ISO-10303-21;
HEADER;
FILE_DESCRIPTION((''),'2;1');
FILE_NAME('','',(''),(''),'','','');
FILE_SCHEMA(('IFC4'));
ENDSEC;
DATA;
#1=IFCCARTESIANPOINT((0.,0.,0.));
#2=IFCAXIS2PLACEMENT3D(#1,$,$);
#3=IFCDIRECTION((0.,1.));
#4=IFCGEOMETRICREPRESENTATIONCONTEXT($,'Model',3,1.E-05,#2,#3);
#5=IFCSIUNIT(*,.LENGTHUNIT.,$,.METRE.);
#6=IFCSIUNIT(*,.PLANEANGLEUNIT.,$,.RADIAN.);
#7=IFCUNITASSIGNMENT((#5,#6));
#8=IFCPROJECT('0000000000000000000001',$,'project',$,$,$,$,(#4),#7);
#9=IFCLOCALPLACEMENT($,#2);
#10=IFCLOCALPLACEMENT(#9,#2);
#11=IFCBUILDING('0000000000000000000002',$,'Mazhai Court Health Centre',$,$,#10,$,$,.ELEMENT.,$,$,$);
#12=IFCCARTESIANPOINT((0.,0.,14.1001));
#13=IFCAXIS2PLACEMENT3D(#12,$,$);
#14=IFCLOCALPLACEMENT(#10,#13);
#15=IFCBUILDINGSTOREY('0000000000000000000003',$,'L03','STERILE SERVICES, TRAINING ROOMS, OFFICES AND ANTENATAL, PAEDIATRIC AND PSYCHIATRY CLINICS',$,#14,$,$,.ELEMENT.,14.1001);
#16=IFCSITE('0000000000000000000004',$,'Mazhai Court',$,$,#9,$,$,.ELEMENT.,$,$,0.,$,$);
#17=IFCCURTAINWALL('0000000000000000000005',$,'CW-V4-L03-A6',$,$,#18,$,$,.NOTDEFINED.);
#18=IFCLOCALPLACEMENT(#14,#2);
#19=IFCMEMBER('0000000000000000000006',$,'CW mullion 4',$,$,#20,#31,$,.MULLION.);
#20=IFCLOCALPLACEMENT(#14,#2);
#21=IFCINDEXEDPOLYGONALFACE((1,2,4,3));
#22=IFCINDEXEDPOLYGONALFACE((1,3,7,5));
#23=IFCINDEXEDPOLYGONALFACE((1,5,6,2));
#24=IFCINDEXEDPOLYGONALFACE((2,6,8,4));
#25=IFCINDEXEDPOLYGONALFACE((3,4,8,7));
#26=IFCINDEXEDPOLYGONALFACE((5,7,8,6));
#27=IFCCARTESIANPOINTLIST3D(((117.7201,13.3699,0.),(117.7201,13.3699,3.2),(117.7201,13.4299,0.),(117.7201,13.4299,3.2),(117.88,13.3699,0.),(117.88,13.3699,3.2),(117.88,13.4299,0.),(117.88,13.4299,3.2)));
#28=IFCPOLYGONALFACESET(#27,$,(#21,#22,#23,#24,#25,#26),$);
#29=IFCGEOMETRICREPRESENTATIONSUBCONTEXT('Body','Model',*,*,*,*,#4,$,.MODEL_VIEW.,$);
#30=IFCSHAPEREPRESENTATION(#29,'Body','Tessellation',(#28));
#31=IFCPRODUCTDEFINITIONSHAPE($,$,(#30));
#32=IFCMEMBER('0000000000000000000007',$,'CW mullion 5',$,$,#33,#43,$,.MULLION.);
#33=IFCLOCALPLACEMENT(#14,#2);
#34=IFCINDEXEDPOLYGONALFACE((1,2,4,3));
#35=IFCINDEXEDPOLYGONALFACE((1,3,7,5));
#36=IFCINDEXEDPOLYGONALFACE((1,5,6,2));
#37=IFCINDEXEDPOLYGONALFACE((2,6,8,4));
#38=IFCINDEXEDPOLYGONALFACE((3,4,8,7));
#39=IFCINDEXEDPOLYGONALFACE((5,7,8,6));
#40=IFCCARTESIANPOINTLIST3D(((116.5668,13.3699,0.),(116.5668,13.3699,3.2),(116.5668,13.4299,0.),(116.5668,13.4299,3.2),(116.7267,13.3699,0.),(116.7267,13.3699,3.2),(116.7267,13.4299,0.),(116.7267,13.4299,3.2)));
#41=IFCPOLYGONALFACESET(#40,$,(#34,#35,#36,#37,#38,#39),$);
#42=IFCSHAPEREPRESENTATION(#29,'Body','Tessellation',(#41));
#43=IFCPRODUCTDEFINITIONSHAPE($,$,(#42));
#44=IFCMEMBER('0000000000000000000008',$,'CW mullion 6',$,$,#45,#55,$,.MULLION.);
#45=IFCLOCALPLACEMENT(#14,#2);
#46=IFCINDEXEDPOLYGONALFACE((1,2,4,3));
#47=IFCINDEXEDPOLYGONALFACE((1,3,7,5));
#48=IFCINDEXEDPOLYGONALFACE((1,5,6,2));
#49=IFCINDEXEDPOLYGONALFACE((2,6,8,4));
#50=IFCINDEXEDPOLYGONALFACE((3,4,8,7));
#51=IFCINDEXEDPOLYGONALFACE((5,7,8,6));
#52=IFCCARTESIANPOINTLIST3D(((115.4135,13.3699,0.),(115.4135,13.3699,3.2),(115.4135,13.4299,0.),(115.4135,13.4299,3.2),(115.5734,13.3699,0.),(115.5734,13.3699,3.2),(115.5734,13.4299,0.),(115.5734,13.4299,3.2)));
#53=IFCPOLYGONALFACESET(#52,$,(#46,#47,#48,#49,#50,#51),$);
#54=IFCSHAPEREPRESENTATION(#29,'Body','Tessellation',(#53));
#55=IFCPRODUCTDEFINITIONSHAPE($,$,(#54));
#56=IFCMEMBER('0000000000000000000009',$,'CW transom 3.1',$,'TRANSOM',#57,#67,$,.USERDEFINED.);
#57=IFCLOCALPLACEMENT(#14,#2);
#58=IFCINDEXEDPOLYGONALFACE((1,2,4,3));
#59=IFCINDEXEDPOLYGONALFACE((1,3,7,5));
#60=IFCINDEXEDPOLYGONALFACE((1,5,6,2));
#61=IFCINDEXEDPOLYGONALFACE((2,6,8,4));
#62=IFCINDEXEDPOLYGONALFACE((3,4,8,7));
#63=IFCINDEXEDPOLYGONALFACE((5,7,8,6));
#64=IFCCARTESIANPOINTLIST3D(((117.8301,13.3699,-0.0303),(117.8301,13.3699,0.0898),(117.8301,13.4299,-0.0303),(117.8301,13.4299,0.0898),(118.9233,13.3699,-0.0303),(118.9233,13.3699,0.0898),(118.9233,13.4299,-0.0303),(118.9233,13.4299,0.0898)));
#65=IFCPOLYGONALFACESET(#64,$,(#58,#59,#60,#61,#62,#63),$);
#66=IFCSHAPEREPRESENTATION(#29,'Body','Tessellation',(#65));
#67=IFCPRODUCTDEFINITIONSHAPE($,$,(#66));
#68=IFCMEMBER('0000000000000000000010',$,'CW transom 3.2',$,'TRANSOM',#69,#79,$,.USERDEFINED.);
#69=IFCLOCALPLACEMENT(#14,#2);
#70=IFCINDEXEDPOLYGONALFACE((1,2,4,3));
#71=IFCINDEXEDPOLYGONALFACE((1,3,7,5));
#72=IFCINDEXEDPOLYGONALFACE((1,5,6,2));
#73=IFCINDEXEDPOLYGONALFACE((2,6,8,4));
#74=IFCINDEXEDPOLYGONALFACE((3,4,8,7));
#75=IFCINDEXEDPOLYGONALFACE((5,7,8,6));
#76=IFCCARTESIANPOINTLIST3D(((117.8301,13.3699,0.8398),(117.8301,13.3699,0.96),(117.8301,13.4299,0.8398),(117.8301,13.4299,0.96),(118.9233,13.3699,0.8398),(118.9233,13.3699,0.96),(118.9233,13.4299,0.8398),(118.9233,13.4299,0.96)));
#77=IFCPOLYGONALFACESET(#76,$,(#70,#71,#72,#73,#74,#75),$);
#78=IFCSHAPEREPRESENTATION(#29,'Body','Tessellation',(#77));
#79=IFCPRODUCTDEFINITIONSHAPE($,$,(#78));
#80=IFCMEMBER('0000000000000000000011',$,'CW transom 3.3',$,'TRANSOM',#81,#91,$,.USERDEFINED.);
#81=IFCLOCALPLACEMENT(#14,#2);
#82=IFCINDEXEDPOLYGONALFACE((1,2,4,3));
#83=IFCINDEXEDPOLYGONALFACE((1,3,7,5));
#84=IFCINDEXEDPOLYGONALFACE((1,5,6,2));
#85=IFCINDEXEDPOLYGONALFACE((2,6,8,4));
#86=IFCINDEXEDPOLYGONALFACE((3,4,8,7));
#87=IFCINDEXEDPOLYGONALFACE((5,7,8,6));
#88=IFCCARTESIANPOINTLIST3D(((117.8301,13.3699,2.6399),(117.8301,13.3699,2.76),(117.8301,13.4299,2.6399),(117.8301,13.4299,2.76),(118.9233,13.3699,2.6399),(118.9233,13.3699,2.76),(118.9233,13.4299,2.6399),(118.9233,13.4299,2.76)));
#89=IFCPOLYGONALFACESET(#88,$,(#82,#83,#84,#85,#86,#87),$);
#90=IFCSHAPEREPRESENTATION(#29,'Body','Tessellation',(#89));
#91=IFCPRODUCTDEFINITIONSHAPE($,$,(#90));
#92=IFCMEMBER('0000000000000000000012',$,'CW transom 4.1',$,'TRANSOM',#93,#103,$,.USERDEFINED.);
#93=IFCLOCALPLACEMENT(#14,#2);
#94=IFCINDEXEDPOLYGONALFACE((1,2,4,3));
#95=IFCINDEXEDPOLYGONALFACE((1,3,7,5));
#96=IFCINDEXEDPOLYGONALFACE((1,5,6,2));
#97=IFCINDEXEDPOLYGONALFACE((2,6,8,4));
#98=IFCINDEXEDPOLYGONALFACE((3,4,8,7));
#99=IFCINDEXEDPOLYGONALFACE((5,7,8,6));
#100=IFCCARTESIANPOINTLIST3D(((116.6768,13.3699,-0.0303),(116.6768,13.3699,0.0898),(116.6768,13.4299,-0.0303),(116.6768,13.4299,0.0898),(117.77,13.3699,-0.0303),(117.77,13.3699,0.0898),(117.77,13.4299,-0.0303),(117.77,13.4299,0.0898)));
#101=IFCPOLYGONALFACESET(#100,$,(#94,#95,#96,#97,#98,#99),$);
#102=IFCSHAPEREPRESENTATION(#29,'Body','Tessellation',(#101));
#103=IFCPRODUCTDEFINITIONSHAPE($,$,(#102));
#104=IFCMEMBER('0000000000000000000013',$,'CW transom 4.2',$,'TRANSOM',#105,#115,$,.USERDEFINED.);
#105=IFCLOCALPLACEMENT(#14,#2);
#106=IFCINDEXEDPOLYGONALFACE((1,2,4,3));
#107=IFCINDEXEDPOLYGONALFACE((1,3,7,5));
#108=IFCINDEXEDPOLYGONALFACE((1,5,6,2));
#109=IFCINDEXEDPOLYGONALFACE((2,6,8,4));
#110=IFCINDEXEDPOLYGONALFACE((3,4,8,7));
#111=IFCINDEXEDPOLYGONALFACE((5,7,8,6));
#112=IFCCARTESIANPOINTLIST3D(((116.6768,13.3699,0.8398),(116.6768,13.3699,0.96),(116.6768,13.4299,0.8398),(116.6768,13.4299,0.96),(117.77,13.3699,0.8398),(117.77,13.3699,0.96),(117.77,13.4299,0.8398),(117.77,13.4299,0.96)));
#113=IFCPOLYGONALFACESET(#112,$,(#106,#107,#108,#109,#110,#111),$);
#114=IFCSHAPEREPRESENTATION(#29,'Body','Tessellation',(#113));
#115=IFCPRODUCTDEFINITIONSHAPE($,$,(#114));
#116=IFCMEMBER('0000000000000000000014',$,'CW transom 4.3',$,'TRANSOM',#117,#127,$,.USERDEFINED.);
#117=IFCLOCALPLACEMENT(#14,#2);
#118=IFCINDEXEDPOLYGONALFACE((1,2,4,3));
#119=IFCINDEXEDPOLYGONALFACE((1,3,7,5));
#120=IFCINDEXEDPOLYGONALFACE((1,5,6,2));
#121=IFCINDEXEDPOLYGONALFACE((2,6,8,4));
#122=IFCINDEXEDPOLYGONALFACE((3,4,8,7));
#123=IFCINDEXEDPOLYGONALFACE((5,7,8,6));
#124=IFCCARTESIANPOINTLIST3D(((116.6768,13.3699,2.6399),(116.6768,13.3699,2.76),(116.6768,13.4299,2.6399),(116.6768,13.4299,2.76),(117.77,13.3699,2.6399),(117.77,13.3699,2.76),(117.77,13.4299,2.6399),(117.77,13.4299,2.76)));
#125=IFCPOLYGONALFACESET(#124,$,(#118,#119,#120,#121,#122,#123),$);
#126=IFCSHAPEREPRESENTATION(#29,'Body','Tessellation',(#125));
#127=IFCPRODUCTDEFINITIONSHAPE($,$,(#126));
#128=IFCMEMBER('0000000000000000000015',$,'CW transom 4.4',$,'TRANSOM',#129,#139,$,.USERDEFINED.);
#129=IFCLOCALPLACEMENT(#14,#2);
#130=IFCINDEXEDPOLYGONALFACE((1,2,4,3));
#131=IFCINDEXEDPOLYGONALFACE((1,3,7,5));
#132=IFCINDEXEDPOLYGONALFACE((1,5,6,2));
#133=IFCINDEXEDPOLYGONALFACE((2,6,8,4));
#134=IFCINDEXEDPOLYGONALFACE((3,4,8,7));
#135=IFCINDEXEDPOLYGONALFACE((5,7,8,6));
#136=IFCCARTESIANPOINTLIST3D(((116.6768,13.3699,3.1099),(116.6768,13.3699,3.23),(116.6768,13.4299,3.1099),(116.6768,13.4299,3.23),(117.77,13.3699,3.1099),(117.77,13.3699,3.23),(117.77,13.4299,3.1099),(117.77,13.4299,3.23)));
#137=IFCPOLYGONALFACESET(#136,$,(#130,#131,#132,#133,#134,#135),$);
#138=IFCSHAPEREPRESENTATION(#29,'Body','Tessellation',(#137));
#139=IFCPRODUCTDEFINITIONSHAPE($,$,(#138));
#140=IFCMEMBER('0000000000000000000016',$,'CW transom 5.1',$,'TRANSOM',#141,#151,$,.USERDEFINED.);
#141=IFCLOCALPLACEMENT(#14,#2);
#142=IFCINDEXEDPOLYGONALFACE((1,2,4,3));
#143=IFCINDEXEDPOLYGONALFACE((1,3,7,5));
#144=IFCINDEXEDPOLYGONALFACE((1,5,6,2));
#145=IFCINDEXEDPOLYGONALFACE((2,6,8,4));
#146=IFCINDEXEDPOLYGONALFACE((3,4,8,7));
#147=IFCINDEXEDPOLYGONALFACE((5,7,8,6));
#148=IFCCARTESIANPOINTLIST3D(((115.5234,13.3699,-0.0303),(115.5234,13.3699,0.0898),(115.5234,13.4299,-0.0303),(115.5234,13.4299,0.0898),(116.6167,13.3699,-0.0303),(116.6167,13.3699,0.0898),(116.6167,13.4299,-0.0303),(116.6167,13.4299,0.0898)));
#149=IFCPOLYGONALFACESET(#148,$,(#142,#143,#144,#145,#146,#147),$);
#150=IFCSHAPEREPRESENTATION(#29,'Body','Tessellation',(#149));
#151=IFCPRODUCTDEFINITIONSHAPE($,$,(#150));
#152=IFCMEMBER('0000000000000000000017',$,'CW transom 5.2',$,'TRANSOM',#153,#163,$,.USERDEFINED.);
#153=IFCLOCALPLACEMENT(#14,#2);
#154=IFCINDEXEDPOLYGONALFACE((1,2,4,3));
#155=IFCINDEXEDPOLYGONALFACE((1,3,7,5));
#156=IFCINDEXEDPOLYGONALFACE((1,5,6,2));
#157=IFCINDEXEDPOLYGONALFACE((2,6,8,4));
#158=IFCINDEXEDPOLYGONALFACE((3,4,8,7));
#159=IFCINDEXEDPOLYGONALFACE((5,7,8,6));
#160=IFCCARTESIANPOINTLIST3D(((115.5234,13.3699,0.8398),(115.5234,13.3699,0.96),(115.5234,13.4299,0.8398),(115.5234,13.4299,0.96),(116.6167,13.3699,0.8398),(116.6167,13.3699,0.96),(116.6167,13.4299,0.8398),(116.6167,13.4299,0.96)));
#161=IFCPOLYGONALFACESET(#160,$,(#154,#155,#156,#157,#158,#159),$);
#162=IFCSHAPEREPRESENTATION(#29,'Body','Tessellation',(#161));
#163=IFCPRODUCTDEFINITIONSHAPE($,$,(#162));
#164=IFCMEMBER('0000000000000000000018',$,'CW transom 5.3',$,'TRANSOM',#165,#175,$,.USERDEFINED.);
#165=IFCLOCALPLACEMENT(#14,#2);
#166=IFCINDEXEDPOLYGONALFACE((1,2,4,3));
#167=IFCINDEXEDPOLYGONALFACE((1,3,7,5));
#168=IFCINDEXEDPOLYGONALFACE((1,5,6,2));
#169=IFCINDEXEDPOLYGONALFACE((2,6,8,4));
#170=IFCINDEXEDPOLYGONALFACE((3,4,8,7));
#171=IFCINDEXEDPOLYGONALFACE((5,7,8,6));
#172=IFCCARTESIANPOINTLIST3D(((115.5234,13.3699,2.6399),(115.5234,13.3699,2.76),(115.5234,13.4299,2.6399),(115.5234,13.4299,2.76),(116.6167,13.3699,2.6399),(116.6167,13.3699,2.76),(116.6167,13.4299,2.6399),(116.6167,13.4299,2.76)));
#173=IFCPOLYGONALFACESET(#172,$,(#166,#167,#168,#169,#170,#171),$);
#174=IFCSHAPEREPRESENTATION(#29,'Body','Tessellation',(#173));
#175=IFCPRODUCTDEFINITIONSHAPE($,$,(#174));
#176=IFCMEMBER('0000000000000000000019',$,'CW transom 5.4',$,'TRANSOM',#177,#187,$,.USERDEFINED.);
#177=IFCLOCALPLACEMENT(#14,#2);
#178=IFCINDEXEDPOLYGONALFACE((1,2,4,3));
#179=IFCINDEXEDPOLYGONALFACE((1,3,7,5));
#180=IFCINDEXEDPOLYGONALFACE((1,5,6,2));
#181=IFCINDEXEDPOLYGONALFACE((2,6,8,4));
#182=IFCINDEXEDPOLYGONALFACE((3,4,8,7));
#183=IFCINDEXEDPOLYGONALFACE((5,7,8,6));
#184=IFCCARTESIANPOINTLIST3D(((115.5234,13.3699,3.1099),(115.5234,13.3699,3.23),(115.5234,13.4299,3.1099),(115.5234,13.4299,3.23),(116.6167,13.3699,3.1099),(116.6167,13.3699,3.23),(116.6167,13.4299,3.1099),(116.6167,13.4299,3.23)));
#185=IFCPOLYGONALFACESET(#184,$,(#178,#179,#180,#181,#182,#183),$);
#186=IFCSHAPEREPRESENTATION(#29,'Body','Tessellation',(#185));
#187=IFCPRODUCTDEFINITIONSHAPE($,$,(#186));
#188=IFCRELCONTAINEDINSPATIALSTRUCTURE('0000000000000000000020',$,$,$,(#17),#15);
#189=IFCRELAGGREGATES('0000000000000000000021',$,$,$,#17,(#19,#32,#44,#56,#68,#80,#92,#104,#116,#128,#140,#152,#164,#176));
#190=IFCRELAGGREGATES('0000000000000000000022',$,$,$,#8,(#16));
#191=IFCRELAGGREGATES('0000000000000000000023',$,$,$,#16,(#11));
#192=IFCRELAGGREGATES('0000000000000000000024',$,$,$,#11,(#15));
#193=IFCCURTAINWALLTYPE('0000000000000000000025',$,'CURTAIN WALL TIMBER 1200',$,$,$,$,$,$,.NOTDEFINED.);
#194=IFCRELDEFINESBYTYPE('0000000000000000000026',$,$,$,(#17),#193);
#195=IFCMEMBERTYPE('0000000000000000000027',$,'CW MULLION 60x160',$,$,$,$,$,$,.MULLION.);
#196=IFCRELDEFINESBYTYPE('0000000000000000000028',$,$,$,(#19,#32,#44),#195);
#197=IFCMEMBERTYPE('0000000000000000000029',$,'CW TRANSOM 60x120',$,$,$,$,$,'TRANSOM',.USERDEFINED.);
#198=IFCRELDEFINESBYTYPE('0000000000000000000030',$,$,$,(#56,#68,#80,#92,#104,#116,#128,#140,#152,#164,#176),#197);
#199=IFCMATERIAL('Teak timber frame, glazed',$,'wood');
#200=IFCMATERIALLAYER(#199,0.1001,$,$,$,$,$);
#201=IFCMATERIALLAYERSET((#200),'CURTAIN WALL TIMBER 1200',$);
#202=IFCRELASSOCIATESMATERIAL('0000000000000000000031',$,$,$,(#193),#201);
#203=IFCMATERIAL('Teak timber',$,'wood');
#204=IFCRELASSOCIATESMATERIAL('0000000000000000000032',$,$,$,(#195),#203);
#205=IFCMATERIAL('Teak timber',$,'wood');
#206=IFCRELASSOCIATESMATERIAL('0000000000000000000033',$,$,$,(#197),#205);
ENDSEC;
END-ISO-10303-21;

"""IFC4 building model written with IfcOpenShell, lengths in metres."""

from ifc_helpers import new_model, si_unit, direction, frame, origin, origin_2d, place, context, subcontext, project, spatial, rectangle, extrude, material, layer, layer_set, material_profile, profile_set, type_object, element, aggregate, save


model = new_model("IFC4")

# Units and contexts
model_context = context("Model", 3, precision=1e-05, world=origin(), true_north=direction((0.0, 1.0)))
body_context = subcontext(model_context, "Body", "Model", "MODEL_VIEW")
ifc_project = project(units=[si_unit("LENGTHUNIT", "METRE"), si_unit("PLANEANGLEUNIT", "RADIAN")], contexts=[model_context])

# Site, building, storey
site_placement = place(None, origin())
site = spatial("IfcSite", under=ifc_project, at=site_placement, Name="Mazhai Court", CompositionType="ELEMENT", RefElevation=0.0)
building_placement = place(site_placement, origin())
building = spatial("IfcBuilding", under=site, at=building_placement, Name="Mazhai Court Health Centre", CompositionType="ELEMENT")
storey_placement = place(building_placement, frame((0.0, 0.0, 14.1001)))
storey = spatial("IfcBuildingStorey", under=building, at=storey_placement, Name="L03", Description="STERILE SERVICES, TRAINING ROOMS, OFFICES AND ANTENATAL, PAEDIATRIC AND PSYCHIATRY CLINICS", CompositionType="ELEMENT", Elevation=14.1001)

# Curtain wall, members
ifc_material_1 = material(Name="Teak timber frame, glazed", Category="wood")
ifc_layer_1 = layer(ifc_material_1, 0.1001)
ifc_layer_set_1 = layer_set([ifc_layer_1], Name="CURTAIN WALL TIMBER 1200")
curtain_wall_type = type_object("IfcCurtainWallType", Name="CURTAIN WALL TIMBER 1200", PredefinedType="NOTDEFINED", material=ifc_layer_set_1)
curtain_wall_placement = place(storey_placement, origin())
curtain_wall = element("IfcCurtainWall", 1, at=curtain_wall_placement, inside=storey, type_object=curtain_wall_type, Name="CW-V4-L03-A6", PredefinedType="NOTDEFINED")
ifc_material_2 = material(Name="Teak timber", Category="wood")
ifc_material_profile_1 = material_profile(ifc_material_2, rectangle(XDim=0.0601, YDim=0.1599, at=origin_2d()), Name="CW MULLION 60x160")
ifc_profile_set_1 = profile_set([ifc_material_profile_1], Name="Teak timber")
member_type_1 = type_object("IfcMemberType", Name="CW MULLION 60x160", PredefinedType="MULLION", material=ifc_profile_set_1)
member_1_placement = place(storey_placement, frame((117.8, 13.3999, 0.0), z_axis=(0.0, 0.0, 1.0), x_axis=(0.0, -1.0, 0.0)))
member_1 = element("IfcMember", 2, at=member_1_placement, type_object=member_type_1, Name="CW mullion 4", PredefinedType="MULLION", context=body_context, shape_type="SweptSolid", body=[
    extrude(rectangle(XDim=0.0601, YDim=0.1599, at=origin_2d()), origin(), (0.0, 0.0, 1.0), 3.2),
])
member_2_placement = place(storey_placement, frame((116.6467, 13.3999, 0.0), z_axis=(0.0, 0.0, 1.0), x_axis=(0.0, -1.0, 0.0)))
member_2 = element("IfcMember", 3, at=member_2_placement, type_object=member_type_1, Name="CW mullion 5", PredefinedType="MULLION", context=body_context, shape_type="SweptSolid", body=[
    extrude(rectangle(XDim=0.0601, YDim=0.1599, at=origin_2d()), origin(), (0.0, 0.0, 1.0), 3.2),
])
member_3_placement = place(storey_placement, frame((115.4934, 13.3999, 0.0), z_axis=(0.0, 0.0, 1.0), x_axis=(0.0, -1.0, 0.0)))
member_3 = element("IfcMember", 4, at=member_3_placement, type_object=member_type_1, Name="CW mullion 6", PredefinedType="MULLION", context=body_context, shape_type="SweptSolid", body=[
    extrude(rectangle(XDim=0.0601, YDim=0.1599, at=origin_2d()), origin(), (0.0, 0.0, 1.0), 3.2),
])
ifc_material_3 = material(Name="Teak timber", Category="wood")
ifc_material_profile_2 = material_profile(ifc_material_3, rectangle(XDim=0.0601, YDim=0.1201, at=origin_2d()), Name="CW TRANSOM 60x120")
ifc_profile_set_2 = profile_set([ifc_material_profile_2], Name="Teak timber")
member_type_2 = type_object("IfcMemberType", Name="CW TRANSOM 60x120", ElementType="TRANSOM", PredefinedType="USERDEFINED", material=ifc_profile_set_2)
member_4_placement = place(storey_placement, frame((118.9233, 13.3999, 0.0298), z_axis=(-1.0, 0.0, 0.0), x_axis=(0.0, -1.0, 0.0)))
member_4 = element("IfcMember", 5, at=member_4_placement, type_object=member_type_2, Name="CW transom 3.1", ObjectType="TRANSOM", PredefinedType="USERDEFINED", context=body_context, shape_type="SweptSolid", body=[
    extrude(rectangle(XDim=0.0601, YDim=0.1201, at=origin_2d()), origin(), (0.0, 0.0, 1.0), 1.0933),
])
member_5_placement = place(storey_placement, frame((118.9233, 13.3999, 0.8999), z_axis=(-1.0, 0.0, 0.0), x_axis=(0.0, -1.0, 0.0)))
member_5 = element("IfcMember", 6, at=member_5_placement, type_object=member_type_2, Name="CW transom 3.2", ObjectType="TRANSOM", PredefinedType="USERDEFINED", context=body_context, shape_type="SweptSolid", body=[
    extrude(rectangle(XDim=0.0601, YDim=0.1201, at=origin_2d()), origin(), (0.0, 0.0, 1.0), 1.0933),
])
member_6_placement = place(storey_placement, frame((118.9233, 13.3999, 2.7), z_axis=(-1.0, 0.0, 0.0), x_axis=(0.0, -1.0, 0.0)))
member_6 = element("IfcMember", 7, at=member_6_placement, type_object=member_type_2, Name="CW transom 3.3", ObjectType="TRANSOM", PredefinedType="USERDEFINED", context=body_context, shape_type="SweptSolid", body=[
    extrude(rectangle(XDim=0.0601, YDim=0.1201, at=origin_2d()), origin(), (0.0, 0.0, 1.0), 1.0933),
])
member_7_placement = place(storey_placement, frame((117.77, 13.3999, 0.0298), z_axis=(-1.0, 0.0, 0.0), x_axis=(0.0, -1.0, 0.0)))
member_7 = element("IfcMember", 8, at=member_7_placement, type_object=member_type_2, Name="CW transom 4.1", ObjectType="TRANSOM", PredefinedType="USERDEFINED", context=body_context, shape_type="SweptSolid", body=[
    extrude(rectangle(XDim=0.0601, YDim=0.1201, at=origin_2d()), origin(), (0.0, 0.0, 1.0), 1.0933),
])
member_8_placement = place(storey_placement, frame((117.77, 13.3999, 0.8999), z_axis=(-1.0, 0.0, 0.0), x_axis=(0.0, -1.0, 0.0)))
member_8 = element("IfcMember", 9, at=member_8_placement, type_object=member_type_2, Name="CW transom 4.2", ObjectType="TRANSOM", PredefinedType="USERDEFINED", context=body_context, shape_type="SweptSolid", body=[
    extrude(rectangle(XDim=0.0601, YDim=0.1201, at=origin_2d()), origin(), (0.0, 0.0, 1.0), 1.0933),
])
member_9_placement = place(storey_placement, frame((117.77, 13.3999, 2.7), z_axis=(-1.0, 0.0, 0.0), x_axis=(0.0, -1.0, 0.0)))
member_9 = element("IfcMember", 10, at=member_9_placement, type_object=member_type_2, Name="CW transom 4.3", ObjectType="TRANSOM", PredefinedType="USERDEFINED", context=body_context, shape_type="SweptSolid", body=[
    extrude(rectangle(XDim=0.0601, YDim=0.1201, at=origin_2d()), origin(), (0.0, 0.0, 1.0), 1.0933),
])
member_10_placement = place(storey_placement, frame((117.77, 13.3999, 3.1699), z_axis=(-1.0, 0.0, 0.0), x_axis=(0.0, -1.0, 0.0)))
member_10 = element("IfcMember", 11, at=member_10_placement, type_object=member_type_2, Name="CW transom 4.4", ObjectType="TRANSOM", PredefinedType="USERDEFINED", context=body_context, shape_type="SweptSolid", body=[
    extrude(rectangle(XDim=0.0601, YDim=0.1201, at=origin_2d()), origin(), (0.0, 0.0, 1.0), 1.0933),
])
member_11_placement = place(storey_placement, frame((116.6167, 13.3999, 0.0298), z_axis=(-1.0, 0.0, 0.0), x_axis=(0.0, -1.0, 0.0)))
member_11 = element("IfcMember", 12, at=member_11_placement, type_object=member_type_2, Name="CW transom 5.1", ObjectType="TRANSOM", PredefinedType="USERDEFINED", context=body_context, shape_type="SweptSolid", body=[
    extrude(rectangle(XDim=0.0601, YDim=0.1201, at=origin_2d()), origin(), (0.0, 0.0, 1.0), 1.0933),
])
member_12_placement = place(storey_placement, frame((116.6167, 13.3999, 0.8999), z_axis=(-1.0, 0.0, 0.0), x_axis=(0.0, -1.0, 0.0)))
member_12 = element("IfcMember", 13, at=member_12_placement, type_object=member_type_2, Name="CW transom 5.2", ObjectType="TRANSOM", PredefinedType="USERDEFINED", context=body_context, shape_type="SweptSolid", body=[
    extrude(rectangle(XDim=0.0601, YDim=0.1201, at=origin_2d()), origin(), (0.0, 0.0, 1.0), 1.0933),
])
member_13_placement = place(storey_placement, frame((116.6167, 13.3999, 2.7), z_axis=(-1.0, 0.0, 0.0), x_axis=(0.0, -1.0, 0.0)))
member_13 = element("IfcMember", 14, at=member_13_placement, type_object=member_type_2, Name="CW transom 5.3", ObjectType="TRANSOM", PredefinedType="USERDEFINED", context=body_context, shape_type="SweptSolid", body=[
    extrude(rectangle(XDim=0.0601, YDim=0.1201, at=origin_2d()), origin(), (0.0, 0.0, 1.0), 1.0933),
])
member_14_placement = place(storey_placement, frame((116.6167, 13.3999, 3.1699), z_axis=(-1.0, 0.0, 0.0), x_axis=(0.0, -1.0, 0.0)))
member_14 = element("IfcMember", 15, at=member_14_placement, type_object=member_type_2, Name="CW transom 5.4", ObjectType="TRANSOM", PredefinedType="USERDEFINED", context=body_context, shape_type="SweptSolid", body=[
    extrude(rectangle(XDim=0.0601, YDim=0.1201, at=origin_2d()), origin(), (0.0, 0.0, 1.0), 1.0933),
])

aggregate(curtain_wall, [member_1, member_2, member_3, member_4, member_5, member_6, member_7, member_8, member_9, member_10, member_11, member_12, member_13, member_14])

save(model, "model.ifc")
